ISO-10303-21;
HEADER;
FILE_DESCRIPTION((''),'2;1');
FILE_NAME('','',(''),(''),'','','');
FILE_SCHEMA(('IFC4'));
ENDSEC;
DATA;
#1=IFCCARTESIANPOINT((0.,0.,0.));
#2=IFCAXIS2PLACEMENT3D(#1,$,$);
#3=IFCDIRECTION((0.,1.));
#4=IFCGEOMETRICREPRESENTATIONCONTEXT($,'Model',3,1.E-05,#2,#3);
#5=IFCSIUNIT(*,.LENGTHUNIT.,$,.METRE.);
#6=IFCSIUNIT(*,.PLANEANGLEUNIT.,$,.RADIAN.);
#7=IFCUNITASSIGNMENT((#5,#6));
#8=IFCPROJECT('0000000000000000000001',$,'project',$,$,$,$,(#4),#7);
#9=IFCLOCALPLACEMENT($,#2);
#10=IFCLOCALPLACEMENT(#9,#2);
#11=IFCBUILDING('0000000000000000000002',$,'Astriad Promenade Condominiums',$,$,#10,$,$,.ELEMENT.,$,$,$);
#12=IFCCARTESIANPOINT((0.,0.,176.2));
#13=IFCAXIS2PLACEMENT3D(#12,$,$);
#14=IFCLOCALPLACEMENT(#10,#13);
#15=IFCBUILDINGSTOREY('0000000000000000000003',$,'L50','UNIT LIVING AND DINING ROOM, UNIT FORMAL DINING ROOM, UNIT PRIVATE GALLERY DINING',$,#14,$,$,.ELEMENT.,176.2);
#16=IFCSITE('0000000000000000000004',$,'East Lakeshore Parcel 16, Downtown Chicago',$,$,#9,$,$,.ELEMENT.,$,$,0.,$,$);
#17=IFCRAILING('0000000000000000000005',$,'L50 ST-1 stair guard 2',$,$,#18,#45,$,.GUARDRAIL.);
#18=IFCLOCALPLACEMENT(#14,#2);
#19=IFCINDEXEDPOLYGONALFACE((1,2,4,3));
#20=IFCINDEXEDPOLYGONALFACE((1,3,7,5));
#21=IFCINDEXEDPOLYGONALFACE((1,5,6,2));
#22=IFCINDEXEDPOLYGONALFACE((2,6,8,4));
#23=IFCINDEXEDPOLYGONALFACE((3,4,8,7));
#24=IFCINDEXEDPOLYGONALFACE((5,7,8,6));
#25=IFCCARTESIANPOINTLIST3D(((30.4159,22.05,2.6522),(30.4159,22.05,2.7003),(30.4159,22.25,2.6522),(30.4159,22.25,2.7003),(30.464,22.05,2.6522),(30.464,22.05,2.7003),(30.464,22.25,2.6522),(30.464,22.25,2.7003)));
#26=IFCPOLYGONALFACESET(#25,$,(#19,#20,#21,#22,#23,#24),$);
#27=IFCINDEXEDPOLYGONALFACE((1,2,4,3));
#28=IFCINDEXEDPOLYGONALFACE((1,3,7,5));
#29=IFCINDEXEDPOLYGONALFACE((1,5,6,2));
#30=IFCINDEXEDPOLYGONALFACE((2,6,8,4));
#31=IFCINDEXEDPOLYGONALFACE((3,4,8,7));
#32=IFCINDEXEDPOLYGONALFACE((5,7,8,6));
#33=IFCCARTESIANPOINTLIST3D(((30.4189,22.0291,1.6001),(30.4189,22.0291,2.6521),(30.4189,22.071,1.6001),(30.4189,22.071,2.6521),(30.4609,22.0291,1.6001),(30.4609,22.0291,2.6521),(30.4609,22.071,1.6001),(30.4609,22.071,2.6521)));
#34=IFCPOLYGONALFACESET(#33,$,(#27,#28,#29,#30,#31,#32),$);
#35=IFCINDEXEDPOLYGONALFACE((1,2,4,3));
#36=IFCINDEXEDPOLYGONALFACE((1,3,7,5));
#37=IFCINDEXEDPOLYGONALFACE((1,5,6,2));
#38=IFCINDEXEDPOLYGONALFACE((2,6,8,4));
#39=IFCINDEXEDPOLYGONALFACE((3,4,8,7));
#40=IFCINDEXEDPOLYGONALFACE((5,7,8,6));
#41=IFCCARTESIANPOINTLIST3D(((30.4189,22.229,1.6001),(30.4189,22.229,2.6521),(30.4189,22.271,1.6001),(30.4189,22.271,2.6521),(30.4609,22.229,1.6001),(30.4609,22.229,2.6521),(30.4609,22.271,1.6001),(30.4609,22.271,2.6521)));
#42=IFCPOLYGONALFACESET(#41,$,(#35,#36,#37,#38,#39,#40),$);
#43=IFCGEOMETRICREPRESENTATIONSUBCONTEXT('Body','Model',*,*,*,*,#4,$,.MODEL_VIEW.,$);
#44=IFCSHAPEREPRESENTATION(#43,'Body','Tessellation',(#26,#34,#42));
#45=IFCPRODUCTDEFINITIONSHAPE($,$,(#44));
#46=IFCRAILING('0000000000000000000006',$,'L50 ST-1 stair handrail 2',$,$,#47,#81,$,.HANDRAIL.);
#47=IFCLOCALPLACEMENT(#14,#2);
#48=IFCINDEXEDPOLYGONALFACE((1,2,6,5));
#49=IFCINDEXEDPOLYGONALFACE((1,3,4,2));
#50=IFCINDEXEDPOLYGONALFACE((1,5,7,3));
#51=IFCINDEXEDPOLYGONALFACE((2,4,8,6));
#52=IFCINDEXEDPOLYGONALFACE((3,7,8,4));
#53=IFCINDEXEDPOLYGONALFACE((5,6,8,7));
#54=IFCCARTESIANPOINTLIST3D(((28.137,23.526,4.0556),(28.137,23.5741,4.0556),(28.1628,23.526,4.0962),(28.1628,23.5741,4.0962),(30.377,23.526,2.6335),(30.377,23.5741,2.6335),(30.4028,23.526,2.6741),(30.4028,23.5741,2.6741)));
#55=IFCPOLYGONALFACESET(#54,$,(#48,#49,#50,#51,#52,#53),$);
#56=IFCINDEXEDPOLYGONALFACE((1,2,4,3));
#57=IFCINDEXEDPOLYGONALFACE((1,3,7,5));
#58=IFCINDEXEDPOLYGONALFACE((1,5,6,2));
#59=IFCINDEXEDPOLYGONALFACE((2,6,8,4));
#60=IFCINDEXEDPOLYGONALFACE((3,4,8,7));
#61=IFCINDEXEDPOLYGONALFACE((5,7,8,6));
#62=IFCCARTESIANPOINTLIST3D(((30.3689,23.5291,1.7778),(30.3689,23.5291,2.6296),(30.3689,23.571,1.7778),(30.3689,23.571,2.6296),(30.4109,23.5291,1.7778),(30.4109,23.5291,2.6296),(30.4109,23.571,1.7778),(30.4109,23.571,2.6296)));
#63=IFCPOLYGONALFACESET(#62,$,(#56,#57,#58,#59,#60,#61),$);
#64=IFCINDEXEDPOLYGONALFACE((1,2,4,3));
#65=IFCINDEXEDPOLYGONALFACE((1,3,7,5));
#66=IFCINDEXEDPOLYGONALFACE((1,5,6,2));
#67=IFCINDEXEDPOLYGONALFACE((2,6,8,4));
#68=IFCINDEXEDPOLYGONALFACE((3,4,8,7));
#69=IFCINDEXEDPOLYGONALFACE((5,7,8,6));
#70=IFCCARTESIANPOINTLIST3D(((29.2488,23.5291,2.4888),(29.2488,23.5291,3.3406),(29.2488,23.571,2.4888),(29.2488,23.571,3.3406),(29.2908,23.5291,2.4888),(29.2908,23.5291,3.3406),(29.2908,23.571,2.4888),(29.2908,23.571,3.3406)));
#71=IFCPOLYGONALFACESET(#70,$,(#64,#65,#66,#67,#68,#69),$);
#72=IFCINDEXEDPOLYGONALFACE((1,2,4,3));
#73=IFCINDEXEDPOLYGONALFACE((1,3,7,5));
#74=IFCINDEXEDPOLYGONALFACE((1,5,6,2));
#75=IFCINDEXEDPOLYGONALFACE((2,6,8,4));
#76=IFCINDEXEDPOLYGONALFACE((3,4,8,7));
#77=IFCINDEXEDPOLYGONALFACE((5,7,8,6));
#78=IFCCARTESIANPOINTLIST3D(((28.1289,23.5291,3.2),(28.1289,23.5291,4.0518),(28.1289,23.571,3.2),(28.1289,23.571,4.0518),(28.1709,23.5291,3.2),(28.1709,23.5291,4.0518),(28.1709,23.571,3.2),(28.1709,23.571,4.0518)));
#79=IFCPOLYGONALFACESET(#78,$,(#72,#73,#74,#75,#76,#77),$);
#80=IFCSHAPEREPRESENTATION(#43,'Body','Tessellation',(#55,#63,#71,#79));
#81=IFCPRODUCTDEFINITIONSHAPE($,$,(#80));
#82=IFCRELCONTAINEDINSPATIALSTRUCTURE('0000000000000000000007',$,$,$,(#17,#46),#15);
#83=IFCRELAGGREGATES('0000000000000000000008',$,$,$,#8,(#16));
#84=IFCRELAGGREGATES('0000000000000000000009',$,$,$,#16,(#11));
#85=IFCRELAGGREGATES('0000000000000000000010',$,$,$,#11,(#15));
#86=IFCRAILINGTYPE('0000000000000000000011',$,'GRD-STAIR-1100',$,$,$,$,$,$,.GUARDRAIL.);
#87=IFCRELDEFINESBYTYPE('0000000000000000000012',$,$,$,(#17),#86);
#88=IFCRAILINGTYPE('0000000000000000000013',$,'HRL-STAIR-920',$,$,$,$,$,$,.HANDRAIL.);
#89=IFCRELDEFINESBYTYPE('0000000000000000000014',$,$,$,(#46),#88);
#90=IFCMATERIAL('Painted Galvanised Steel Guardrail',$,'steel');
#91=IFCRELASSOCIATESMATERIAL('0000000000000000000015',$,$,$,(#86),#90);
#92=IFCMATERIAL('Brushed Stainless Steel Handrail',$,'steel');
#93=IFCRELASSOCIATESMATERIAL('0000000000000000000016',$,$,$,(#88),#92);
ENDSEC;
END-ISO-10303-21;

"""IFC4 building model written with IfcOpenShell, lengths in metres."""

from ifc_helpers import new_model, si_unit, direction, frame, origin, origin_2d, place, context, subcontext, project, spatial, rectangle, extrude, source, transform, mapped, material, type_object, type_shapes, element, save


model = new_model("IFC4")

# Units and contexts
model_context = context("Model", 3, precision=1e-05, world=origin(), true_north=direction((0.0, 1.0)))
body_context = subcontext(model_context, "Body", "Model", "MODEL_VIEW")
ifc_project = project(units=[si_unit("LENGTHUNIT", "METRE"), si_unit("PLANEANGLEUNIT", "RADIAN")], contexts=[model_context])

# Site, building, storey
site_placement = place(None, origin())
site = spatial("IfcSite", under=ifc_project, at=site_placement, Name="East Lakeshore Parcel 16, Downtown Chicago", CompositionType="ELEMENT", RefElevation=0.0)
building_placement = place(site_placement, origin())
building = spatial("IfcBuilding", under=site, at=building_placement, Name="Astriad Promenade Condominiums", CompositionType="ELEMENT")
storey_placement = place(building_placement, frame((0.0, 0.0, 176.2)))
storey = spatial("IfcBuildingStorey", under=building, at=storey_placement, Name="L50", Description="UNIT LIVING AND DINING ROOM, UNIT FORMAL DINING ROOM, UNIT PRIVATE GALLERY DINING", CompositionType="ELEMENT", Elevation=176.2)

# Railings
ifc_material_1 = material(Name="Painted Galvanised Steel Guardrail", Category="steel")
railing_type_1 = type_object("IfcRailingType", Name="GRD-STAIR-1100", PredefinedType="GUARDRAIL", material=ifc_material_1)
shared_shape_1 = source(origin(), body_context, "Body", "SweptSolid", [
    extrude(rectangle(XDim=0.0481, YDim=0.0481, at=origin_2d()), frame((0.0, 0.0, 1.0762), z_axis=(0.0, 1.0, 0.0), x_axis=(-1.0, 0.0, 0.0)), (0.0, 0.0, 1.0), 0.2),
    extrude(rectangle(XDim=0.042, YDim=0.042, at=origin_2d()), origin(), (0.0, 0.0, 1.0), 1.052),
    extrude(rectangle(XDim=0.042, YDim=0.042, at=origin_2d()), frame((0.0, 0.2, 0.0)), (0.0, 0.0, 1.0), 1.052),
])
type_shapes(railing_type_1, [shared_shape_1])
railing_1_placement = place(storey_placement, frame((30.4399, 22.05, 1.6001)))
element("IfcRailing", 1, at=railing_1_placement, inside=storey, type_object=railing_type_1, Name="L50 ST-1 stair guard 2", PredefinedType="GUARDRAIL", context=body_context, shape_type="MappedRepresentation", body=[
    mapped(shared_shape_1, transform((0.0, 0.0, 0.0), scale=1.0)),
])
ifc_material_2 = material(Name="Brushed Stainless Steel Handrail", Category="steel")
railing_type_2 = type_object("IfcRailingType", Name="HRL-STAIR-920", PredefinedType="HANDRAIL", material=ifc_material_2)
shared_shape_2 = source(origin(), body_context, "Body", "SweptSolid", [
    extrude(rectangle(XDim=0.0481, YDim=0.0481, at=origin_2d()), frame((0.0, 0.0, 0.876), z_axis=(-0.844229, 0.0, 0.535982), x_axis=(0.0, -1.0, 0.0)), (0.0, 0.0, 1.0), 2.6533),
    extrude(rectangle(XDim=0.042, YDim=0.042, at=origin_2d()), origin(), (0.0, 0.0, 1.0), 0.8518),
    extrude(rectangle(XDim=0.042, YDim=0.042, at=origin_2d()), frame((-1.1201, 0.0, 0.7109)), (0.0, 0.0, 1.0), 0.8518),
    extrude(rectangle(XDim=0.042, YDim=0.042, at=origin_2d()), frame((-2.24, 0.0, 1.4221)), (0.0, 0.0, 1.0), 0.8518),
])
type_shapes(railing_type_2, [shared_shape_2])
railing_2_placement = place(storey_placement, frame((30.3899, 23.55, 1.7778)))
element("IfcRailing", 2, at=railing_2_placement, inside=storey, type_object=railing_type_2, Name="L50 ST-1 stair handrail 2", PredefinedType="HANDRAIL", context=body_context, shape_type="MappedRepresentation", body=[
    mapped(shared_shape_2, transform((0.0, 0.0, 0.0), scale=1.0)),
])

save(model, "model.ifc")
